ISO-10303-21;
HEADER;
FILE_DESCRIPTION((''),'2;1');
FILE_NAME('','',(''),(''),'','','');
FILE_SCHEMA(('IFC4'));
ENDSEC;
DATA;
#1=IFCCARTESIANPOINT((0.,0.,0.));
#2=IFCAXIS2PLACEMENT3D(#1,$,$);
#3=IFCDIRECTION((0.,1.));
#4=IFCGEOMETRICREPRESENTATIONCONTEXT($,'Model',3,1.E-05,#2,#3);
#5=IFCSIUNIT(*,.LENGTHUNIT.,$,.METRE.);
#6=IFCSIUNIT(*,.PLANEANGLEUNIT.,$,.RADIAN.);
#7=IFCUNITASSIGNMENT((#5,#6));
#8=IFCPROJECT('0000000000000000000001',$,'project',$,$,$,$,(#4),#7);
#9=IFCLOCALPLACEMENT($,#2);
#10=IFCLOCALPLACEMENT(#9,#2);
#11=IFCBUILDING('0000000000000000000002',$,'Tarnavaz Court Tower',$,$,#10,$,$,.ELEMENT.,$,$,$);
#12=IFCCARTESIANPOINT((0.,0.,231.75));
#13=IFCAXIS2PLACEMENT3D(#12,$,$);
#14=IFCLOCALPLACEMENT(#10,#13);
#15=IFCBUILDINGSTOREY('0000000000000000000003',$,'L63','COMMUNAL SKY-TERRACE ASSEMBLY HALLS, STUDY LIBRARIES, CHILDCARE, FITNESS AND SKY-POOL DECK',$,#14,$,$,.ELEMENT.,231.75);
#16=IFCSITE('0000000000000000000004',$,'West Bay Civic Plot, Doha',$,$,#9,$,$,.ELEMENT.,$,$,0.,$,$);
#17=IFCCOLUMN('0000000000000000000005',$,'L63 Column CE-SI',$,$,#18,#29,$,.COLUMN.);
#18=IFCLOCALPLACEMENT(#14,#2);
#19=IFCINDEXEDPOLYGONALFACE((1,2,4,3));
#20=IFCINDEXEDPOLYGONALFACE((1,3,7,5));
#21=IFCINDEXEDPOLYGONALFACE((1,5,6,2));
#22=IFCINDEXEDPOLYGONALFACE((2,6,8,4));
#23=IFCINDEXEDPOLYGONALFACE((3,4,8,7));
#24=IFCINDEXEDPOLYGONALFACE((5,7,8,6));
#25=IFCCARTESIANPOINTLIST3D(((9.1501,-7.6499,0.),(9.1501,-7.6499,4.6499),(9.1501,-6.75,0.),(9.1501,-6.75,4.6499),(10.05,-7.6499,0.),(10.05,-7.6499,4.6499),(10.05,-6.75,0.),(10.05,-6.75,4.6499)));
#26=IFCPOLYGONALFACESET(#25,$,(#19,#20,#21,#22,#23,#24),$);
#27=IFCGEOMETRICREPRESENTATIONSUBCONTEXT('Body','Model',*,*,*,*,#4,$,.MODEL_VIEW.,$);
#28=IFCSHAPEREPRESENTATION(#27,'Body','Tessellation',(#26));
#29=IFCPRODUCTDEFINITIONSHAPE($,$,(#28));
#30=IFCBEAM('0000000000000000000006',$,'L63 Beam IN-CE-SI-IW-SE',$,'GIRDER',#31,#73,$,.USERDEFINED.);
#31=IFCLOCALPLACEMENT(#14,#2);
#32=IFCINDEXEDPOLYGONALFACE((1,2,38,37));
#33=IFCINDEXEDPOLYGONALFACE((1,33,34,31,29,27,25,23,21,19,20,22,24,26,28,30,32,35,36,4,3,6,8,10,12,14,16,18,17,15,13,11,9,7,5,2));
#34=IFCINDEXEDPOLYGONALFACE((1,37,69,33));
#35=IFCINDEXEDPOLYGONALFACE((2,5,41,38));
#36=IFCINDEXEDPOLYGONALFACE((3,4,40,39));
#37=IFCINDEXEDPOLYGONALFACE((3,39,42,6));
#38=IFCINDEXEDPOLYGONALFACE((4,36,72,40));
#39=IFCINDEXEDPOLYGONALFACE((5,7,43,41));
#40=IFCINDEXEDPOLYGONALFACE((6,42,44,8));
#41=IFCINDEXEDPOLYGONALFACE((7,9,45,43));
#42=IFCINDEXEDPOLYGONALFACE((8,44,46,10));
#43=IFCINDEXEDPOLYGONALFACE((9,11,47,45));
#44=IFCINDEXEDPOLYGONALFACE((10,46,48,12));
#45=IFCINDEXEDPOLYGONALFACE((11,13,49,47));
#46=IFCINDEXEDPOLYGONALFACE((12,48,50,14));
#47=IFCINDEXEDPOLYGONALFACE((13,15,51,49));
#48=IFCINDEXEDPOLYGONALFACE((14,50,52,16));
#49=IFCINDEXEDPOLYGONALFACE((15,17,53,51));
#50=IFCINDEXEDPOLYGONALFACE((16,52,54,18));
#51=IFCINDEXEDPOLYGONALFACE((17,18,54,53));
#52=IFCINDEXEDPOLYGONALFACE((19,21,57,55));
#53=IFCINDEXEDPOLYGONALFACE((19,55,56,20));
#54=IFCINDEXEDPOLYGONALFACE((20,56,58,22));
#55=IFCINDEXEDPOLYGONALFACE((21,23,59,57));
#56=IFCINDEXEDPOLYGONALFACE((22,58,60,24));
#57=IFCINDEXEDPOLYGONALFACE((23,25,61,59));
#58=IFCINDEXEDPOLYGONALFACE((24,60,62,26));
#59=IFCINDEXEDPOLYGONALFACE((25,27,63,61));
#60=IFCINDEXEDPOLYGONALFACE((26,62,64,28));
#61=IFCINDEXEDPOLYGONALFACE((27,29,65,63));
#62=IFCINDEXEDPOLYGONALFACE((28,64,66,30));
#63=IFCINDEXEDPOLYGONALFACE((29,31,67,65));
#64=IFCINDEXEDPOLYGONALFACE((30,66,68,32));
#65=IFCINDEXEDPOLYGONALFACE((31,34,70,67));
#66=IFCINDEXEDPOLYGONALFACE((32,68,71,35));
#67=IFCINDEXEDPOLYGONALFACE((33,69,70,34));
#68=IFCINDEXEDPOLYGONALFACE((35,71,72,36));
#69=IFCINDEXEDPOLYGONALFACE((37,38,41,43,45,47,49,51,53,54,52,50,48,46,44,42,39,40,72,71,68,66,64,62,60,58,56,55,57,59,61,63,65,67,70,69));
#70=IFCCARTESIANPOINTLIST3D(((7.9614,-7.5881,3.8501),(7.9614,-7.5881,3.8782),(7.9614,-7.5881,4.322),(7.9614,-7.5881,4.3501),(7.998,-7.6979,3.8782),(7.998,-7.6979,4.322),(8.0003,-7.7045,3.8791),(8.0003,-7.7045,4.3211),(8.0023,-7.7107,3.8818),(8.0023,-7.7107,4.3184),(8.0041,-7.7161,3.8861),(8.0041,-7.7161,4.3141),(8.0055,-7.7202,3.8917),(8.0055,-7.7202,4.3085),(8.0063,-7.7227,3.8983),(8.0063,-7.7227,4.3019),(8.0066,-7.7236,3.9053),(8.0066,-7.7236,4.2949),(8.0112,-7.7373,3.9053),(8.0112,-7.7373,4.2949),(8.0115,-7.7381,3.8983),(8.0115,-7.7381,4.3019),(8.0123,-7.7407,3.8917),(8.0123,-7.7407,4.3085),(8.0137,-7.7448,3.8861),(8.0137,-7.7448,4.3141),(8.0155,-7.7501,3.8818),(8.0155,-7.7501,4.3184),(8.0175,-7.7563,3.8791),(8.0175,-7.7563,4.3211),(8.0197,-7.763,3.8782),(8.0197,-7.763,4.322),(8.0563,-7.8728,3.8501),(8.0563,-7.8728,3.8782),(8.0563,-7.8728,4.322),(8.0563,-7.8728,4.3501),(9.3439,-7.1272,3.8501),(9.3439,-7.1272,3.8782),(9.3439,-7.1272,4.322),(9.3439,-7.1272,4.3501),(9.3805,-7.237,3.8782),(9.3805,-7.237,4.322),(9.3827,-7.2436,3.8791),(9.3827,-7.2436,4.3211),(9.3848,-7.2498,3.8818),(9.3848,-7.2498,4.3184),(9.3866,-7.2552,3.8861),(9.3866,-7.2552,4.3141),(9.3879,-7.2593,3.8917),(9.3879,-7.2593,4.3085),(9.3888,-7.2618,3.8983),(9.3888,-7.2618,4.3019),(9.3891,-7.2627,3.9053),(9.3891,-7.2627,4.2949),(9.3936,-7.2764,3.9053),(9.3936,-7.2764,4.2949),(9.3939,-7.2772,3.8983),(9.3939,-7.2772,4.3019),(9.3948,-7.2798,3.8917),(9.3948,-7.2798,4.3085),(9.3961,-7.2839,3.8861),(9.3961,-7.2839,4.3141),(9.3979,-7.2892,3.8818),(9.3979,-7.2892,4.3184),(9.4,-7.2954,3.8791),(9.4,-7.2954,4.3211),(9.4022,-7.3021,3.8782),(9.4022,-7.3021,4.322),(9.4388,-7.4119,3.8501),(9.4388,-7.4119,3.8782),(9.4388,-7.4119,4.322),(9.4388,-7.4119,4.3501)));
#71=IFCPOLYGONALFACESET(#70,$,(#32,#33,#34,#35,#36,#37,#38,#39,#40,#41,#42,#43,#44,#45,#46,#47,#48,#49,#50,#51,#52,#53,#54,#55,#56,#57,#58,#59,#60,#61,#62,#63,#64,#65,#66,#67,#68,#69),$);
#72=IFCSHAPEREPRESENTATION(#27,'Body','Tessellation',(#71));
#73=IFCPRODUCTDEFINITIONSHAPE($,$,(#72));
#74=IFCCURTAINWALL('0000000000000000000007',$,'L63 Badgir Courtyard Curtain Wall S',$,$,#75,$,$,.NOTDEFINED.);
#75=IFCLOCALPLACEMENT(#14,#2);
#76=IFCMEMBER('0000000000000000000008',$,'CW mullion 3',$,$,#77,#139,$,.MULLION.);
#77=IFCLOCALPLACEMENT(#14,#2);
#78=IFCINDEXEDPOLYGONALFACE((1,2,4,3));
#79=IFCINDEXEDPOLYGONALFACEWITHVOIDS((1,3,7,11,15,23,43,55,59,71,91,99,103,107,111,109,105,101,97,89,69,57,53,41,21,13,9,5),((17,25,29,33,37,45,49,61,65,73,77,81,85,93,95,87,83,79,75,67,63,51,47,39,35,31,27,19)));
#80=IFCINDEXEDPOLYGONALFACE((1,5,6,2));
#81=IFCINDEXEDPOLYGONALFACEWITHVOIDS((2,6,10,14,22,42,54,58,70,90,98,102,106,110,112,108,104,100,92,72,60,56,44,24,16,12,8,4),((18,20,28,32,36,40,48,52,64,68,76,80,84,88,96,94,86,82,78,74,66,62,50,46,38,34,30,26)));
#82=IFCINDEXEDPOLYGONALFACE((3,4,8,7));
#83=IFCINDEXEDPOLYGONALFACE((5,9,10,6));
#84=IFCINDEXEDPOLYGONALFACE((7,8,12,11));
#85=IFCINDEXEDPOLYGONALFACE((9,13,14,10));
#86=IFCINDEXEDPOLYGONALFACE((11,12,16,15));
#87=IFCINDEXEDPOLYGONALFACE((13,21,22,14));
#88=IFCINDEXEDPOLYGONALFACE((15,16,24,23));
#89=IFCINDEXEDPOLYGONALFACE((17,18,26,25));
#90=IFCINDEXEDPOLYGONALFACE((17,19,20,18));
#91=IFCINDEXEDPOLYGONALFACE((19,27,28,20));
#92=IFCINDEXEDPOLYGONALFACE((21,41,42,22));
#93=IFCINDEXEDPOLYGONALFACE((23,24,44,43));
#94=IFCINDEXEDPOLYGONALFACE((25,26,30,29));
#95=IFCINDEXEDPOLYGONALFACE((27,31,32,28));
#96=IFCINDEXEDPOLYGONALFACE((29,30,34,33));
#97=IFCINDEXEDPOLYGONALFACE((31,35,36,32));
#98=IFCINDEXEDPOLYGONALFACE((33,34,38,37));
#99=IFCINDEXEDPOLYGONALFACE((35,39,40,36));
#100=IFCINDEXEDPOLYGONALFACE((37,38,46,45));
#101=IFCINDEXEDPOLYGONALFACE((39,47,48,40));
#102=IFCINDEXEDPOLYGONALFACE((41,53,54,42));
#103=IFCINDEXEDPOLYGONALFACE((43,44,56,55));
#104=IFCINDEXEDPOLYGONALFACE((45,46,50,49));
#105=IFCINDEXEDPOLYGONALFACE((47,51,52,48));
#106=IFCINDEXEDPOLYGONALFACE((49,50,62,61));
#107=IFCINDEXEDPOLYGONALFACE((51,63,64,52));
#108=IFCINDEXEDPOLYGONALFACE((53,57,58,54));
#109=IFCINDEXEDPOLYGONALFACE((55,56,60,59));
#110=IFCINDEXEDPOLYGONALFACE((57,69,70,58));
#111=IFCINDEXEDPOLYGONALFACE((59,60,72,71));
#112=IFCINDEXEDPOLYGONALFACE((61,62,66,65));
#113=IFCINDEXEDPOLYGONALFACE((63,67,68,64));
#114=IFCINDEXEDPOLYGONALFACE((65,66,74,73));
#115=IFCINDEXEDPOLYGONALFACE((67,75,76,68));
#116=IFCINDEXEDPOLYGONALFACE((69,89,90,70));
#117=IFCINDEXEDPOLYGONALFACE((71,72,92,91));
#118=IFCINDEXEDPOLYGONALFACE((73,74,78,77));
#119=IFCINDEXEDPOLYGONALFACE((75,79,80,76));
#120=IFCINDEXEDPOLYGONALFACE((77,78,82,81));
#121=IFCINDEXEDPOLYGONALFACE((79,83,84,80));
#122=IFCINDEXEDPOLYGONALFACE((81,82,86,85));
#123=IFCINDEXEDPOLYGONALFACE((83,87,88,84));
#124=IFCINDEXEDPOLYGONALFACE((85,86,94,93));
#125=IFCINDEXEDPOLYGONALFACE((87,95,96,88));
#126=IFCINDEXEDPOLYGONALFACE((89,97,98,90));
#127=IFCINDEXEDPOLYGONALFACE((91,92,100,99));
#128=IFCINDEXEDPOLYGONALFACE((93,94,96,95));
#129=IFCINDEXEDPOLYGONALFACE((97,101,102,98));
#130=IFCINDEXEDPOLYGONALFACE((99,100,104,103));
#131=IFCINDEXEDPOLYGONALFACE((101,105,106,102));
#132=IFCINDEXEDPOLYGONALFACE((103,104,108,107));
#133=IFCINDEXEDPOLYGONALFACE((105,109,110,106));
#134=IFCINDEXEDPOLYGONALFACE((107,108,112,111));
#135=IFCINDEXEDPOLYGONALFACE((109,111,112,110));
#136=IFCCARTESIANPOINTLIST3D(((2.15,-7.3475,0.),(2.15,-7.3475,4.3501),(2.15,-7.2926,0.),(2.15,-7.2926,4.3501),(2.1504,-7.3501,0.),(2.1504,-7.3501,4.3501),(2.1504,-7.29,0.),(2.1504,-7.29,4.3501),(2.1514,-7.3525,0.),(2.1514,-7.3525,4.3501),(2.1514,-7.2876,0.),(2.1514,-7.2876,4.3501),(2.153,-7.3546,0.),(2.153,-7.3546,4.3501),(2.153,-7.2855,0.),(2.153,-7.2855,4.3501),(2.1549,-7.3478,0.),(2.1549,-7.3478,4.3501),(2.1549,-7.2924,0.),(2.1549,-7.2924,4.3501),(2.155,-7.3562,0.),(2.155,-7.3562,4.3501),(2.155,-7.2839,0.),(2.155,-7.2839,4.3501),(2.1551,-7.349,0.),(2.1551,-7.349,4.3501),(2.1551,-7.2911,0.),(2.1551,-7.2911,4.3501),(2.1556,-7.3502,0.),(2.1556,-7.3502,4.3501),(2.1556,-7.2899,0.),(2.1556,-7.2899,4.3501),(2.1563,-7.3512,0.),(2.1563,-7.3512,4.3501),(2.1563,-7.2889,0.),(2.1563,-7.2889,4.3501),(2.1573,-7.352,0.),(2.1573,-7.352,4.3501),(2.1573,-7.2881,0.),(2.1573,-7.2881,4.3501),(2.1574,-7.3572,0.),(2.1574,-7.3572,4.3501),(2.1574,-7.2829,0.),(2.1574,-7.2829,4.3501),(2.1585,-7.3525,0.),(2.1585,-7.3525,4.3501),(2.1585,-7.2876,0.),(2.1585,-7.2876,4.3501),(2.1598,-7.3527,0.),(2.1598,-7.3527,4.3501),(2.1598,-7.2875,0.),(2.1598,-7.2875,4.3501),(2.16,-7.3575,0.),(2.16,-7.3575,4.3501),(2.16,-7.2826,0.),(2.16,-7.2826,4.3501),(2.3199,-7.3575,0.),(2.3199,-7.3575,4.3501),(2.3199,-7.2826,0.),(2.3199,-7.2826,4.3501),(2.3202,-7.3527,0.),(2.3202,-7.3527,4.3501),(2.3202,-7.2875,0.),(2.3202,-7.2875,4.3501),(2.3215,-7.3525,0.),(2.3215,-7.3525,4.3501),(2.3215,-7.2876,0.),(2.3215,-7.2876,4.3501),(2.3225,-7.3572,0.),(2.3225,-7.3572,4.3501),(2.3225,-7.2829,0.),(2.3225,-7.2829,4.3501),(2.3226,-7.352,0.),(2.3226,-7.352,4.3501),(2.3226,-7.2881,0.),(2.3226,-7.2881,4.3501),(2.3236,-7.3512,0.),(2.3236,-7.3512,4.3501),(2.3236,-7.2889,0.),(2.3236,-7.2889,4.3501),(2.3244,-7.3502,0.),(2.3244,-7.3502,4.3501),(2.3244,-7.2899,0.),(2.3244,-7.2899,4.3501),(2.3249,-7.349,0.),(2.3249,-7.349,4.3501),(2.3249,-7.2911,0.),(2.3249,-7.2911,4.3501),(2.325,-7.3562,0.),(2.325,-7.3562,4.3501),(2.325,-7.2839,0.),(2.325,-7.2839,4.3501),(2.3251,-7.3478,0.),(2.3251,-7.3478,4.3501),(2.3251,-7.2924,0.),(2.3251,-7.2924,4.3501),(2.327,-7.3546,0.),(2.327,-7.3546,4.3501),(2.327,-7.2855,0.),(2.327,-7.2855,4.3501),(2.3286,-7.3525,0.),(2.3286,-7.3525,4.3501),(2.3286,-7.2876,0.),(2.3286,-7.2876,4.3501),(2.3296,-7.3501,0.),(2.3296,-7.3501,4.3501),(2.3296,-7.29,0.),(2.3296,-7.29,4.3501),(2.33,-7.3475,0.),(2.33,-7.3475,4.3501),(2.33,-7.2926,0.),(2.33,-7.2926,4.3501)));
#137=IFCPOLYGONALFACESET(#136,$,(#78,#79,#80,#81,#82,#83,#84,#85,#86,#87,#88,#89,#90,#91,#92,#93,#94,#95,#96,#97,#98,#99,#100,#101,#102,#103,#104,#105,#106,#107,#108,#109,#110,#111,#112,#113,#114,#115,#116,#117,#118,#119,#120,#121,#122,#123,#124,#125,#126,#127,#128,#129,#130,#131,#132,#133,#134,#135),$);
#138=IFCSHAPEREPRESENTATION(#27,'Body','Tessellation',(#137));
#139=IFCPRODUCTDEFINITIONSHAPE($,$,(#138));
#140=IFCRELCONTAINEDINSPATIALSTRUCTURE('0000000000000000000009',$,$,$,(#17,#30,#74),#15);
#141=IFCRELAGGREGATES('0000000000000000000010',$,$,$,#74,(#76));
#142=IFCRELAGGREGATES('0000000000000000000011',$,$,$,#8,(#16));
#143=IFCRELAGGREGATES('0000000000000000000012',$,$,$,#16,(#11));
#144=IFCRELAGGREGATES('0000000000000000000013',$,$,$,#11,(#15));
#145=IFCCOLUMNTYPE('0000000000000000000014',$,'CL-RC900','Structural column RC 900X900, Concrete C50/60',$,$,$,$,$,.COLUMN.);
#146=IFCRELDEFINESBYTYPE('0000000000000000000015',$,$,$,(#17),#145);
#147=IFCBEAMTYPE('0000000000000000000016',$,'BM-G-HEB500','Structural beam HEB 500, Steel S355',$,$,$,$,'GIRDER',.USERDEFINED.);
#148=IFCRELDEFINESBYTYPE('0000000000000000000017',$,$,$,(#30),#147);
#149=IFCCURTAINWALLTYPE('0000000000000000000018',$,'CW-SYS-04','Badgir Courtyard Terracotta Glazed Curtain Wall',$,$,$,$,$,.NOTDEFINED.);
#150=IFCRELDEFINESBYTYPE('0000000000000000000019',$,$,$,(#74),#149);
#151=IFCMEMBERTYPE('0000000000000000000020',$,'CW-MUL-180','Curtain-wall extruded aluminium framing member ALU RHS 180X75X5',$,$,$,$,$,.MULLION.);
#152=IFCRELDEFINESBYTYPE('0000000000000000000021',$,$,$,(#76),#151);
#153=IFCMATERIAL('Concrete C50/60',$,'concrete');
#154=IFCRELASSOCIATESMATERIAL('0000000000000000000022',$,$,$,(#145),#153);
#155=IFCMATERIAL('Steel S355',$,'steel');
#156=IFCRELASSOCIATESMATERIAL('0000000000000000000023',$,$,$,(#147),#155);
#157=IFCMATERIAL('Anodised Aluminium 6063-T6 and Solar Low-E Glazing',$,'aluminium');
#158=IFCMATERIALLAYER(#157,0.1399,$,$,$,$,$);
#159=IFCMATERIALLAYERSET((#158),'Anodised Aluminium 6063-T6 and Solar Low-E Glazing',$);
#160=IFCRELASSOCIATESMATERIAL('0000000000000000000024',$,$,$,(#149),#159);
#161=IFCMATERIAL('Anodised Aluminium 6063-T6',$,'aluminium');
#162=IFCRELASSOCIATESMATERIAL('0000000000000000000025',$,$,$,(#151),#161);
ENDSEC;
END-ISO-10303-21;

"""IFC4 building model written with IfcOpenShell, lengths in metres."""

from ifc_helpers import new_model, si_unit, direction, frame, origin, origin_2d, place, context, subcontext, project, spatial, rectangle, hollow_rectangle, i_section, extrude, material, layer, layer_set, material_profile, profile_set, type_object, element, aggregate, save


model = new_model("IFC4")

# Units and contexts
model_context = context("Model", 3, precision=1e-05, world=origin(), true_north=direction((0.0, 1.0)))
body_context = subcontext(model_context, "Body", "Model", "MODEL_VIEW")
ifc_project = project(units=[si_unit("LENGTHUNIT", "METRE"), si_unit("PLANEANGLEUNIT", "RADIAN")], contexts=[model_context])

# Site, building, storey
site_placement = place(None, origin())
site = spatial("IfcSite", under=ifc_project, at=site_placement, Name="West Bay Civic Plot, Doha", CompositionType="ELEMENT", RefElevation=0.0)
building_placement = place(site_placement, origin())
building = spatial("IfcBuilding", under=site, at=building_placement, Name="Tarnavaz Court Tower", CompositionType="ELEMENT")
storey_placement = place(building_placement, frame((0.0, 0.0, 231.75)))
storey = spatial("IfcBuildingStorey", under=building, at=storey_placement, Name="L63", Description="COMMUNAL SKY-TERRACE ASSEMBLY HALLS, STUDY LIBRARIES, CHILDCARE, FITNESS AND SKY-POOL DECK", CompositionType="ELEMENT", Elevation=231.75)

# Column
ifc_material_1 = material(Name="Concrete C50/60", Category="concrete")
ifc_material_profile_1 = material_profile(ifc_material_1, rectangle(XDim=0.8999, YDim=0.8999, at=origin_2d()), Name="RC 900X900")
ifc_profile_set_1 = profile_set([ifc_material_profile_1], Name="Concrete C50/60")
column_type = type_object("IfcColumnType", Name="CL-RC900", Description="Structural column RC 900X900, Concrete C50/60", PredefinedType="COLUMN", material=ifc_profile_set_1)
column_placement = place(storey_placement, frame((9.6001, -7.2, 0.0), z_axis=(0.0, 0.0, 1.0), x_axis=(1.0, 0.0, 0.0)))
element("IfcColumn", 1, at=column_placement, inside=storey, type_object=column_type, Name="L63 Column CE-SI", PredefinedType="COLUMN", context=body_context, shape_type="SweptSolid", body=[
    extrude(rectangle(XDim=0.8999, YDim=0.8999, at=origin_2d()), origin(), (0.0, 0.0, 1.0), 4.6499),
])

# Beam
ifc_material_2 = material(Name="Steel S355", Category="steel")
ifc_material_profile_2 = material_profile(ifc_material_2, i_section(OverallWidth=0.3, OverallDepth=0.5, WebThickness=0.0144, FlangeThickness=0.0281, FilletRadius=0.0271, at=origin_2d()), Name="HEB 500")
ifc_profile_set_2 = profile_set([ifc_material_profile_2], Name="Steel S355")
beam_type = type_object("IfcBeamType", Name="BM-G-HEB500", Description="Structural beam HEB 500, Steel S355", ElementType="GIRDER", PredefinedType="USERDEFINED", material=ifc_profile_set_2)
beam_placement = place(storey_placement, frame((9.3914, -7.2695, 4.1001), z_axis=(-0.948667, -0.316278, 0.0), x_axis=(0.316278, -0.948667, 0.0)))
element("IfcBeam", 2, at=beam_placement, inside=storey, type_object=beam_type, Name="L63 Beam IN-CE-SI-IW-SE", ObjectType="GIRDER", PredefinedType="USERDEFINED", context=body_context, shape_type="SweptSolid", body=[
    extrude(i_section(OverallWidth=0.3, OverallDepth=0.5, WebThickness=0.0144, FlangeThickness=0.0281, FilletRadius=0.0271, at=origin_2d()), origin(), (0.0, 0.0, 1.0), 1.4573),
])

# Curtain wall, member
ifc_material_3 = material(Name="Anodised Aluminium 6063-T6 and Solar Low-E Glazing", Category="aluminium")
ifc_layer_1 = layer(ifc_material_3, 0.1399)
ifc_layer_set_1 = layer_set([ifc_layer_1], Name="Anodised Aluminium 6063-T6 and Solar Low-E Glazing")
curtain_wall_type = type_object("IfcCurtainWallType", Name="CW-SYS-04", Description="Badgir Courtyard Terracotta Glazed Curtain Wall", PredefinedType="NOTDEFINED", material=ifc_layer_set_1)
curtain_wall_placement = place(storey_placement, origin())
curtain_wall = element("IfcCurtainWall", 3, at=curtain_wall_placement, inside=storey, type_object=curtain_wall_type, Name="L63 Badgir Courtyard Curtain Wall S", PredefinedType="NOTDEFINED")
ifc_material_4 = material(Name="Anodised Aluminium 6063-T6", Category="aluminium")
ifc_material_profile_3 = material_profile(ifc_material_4, hollow_rectangle(XDim=0.075, YDim=0.1799, WallThickness=0.0049, InnerFilletRadius=0.0049, OuterFilletRadius=0.01, at=origin_2d()), Name="ALU RHS 180X75X5")
ifc_profile_set_3 = profile_set([ifc_material_profile_3], Name="Anodised Aluminium 6063-T6")
member_type_1 = type_object("IfcMemberType", Name="CW-MUL-180", Description="Curtain-wall extruded aluminium framing member ALU RHS 180X75X5", PredefinedType="MULLION", material=ifc_profile_set_3)
member_1_placement = place(storey_placement, frame((2.24, -7.3201, 0.0), z_axis=(0.0, 0.0, 1.0), x_axis=(0.0, 1.0, 0.0)))
member_1 = element("IfcMember", 4, at=member_1_placement, type_object=member_type_1, Name="CW mullion 3", PredefinedType="MULLION", context=body_context, shape_type="SweptSolid", body=[
    extrude(hollow_rectangle(XDim=0.075, YDim=0.1799, WallThickness=0.0049, InnerFilletRadius=0.0049, OuterFilletRadius=0.01, at=origin_2d()), origin(), (0.0, 0.0, 1.0), 4.3501),
])
aggregate(curtain_wall, [member_1])

save(model, "model.ifc")
